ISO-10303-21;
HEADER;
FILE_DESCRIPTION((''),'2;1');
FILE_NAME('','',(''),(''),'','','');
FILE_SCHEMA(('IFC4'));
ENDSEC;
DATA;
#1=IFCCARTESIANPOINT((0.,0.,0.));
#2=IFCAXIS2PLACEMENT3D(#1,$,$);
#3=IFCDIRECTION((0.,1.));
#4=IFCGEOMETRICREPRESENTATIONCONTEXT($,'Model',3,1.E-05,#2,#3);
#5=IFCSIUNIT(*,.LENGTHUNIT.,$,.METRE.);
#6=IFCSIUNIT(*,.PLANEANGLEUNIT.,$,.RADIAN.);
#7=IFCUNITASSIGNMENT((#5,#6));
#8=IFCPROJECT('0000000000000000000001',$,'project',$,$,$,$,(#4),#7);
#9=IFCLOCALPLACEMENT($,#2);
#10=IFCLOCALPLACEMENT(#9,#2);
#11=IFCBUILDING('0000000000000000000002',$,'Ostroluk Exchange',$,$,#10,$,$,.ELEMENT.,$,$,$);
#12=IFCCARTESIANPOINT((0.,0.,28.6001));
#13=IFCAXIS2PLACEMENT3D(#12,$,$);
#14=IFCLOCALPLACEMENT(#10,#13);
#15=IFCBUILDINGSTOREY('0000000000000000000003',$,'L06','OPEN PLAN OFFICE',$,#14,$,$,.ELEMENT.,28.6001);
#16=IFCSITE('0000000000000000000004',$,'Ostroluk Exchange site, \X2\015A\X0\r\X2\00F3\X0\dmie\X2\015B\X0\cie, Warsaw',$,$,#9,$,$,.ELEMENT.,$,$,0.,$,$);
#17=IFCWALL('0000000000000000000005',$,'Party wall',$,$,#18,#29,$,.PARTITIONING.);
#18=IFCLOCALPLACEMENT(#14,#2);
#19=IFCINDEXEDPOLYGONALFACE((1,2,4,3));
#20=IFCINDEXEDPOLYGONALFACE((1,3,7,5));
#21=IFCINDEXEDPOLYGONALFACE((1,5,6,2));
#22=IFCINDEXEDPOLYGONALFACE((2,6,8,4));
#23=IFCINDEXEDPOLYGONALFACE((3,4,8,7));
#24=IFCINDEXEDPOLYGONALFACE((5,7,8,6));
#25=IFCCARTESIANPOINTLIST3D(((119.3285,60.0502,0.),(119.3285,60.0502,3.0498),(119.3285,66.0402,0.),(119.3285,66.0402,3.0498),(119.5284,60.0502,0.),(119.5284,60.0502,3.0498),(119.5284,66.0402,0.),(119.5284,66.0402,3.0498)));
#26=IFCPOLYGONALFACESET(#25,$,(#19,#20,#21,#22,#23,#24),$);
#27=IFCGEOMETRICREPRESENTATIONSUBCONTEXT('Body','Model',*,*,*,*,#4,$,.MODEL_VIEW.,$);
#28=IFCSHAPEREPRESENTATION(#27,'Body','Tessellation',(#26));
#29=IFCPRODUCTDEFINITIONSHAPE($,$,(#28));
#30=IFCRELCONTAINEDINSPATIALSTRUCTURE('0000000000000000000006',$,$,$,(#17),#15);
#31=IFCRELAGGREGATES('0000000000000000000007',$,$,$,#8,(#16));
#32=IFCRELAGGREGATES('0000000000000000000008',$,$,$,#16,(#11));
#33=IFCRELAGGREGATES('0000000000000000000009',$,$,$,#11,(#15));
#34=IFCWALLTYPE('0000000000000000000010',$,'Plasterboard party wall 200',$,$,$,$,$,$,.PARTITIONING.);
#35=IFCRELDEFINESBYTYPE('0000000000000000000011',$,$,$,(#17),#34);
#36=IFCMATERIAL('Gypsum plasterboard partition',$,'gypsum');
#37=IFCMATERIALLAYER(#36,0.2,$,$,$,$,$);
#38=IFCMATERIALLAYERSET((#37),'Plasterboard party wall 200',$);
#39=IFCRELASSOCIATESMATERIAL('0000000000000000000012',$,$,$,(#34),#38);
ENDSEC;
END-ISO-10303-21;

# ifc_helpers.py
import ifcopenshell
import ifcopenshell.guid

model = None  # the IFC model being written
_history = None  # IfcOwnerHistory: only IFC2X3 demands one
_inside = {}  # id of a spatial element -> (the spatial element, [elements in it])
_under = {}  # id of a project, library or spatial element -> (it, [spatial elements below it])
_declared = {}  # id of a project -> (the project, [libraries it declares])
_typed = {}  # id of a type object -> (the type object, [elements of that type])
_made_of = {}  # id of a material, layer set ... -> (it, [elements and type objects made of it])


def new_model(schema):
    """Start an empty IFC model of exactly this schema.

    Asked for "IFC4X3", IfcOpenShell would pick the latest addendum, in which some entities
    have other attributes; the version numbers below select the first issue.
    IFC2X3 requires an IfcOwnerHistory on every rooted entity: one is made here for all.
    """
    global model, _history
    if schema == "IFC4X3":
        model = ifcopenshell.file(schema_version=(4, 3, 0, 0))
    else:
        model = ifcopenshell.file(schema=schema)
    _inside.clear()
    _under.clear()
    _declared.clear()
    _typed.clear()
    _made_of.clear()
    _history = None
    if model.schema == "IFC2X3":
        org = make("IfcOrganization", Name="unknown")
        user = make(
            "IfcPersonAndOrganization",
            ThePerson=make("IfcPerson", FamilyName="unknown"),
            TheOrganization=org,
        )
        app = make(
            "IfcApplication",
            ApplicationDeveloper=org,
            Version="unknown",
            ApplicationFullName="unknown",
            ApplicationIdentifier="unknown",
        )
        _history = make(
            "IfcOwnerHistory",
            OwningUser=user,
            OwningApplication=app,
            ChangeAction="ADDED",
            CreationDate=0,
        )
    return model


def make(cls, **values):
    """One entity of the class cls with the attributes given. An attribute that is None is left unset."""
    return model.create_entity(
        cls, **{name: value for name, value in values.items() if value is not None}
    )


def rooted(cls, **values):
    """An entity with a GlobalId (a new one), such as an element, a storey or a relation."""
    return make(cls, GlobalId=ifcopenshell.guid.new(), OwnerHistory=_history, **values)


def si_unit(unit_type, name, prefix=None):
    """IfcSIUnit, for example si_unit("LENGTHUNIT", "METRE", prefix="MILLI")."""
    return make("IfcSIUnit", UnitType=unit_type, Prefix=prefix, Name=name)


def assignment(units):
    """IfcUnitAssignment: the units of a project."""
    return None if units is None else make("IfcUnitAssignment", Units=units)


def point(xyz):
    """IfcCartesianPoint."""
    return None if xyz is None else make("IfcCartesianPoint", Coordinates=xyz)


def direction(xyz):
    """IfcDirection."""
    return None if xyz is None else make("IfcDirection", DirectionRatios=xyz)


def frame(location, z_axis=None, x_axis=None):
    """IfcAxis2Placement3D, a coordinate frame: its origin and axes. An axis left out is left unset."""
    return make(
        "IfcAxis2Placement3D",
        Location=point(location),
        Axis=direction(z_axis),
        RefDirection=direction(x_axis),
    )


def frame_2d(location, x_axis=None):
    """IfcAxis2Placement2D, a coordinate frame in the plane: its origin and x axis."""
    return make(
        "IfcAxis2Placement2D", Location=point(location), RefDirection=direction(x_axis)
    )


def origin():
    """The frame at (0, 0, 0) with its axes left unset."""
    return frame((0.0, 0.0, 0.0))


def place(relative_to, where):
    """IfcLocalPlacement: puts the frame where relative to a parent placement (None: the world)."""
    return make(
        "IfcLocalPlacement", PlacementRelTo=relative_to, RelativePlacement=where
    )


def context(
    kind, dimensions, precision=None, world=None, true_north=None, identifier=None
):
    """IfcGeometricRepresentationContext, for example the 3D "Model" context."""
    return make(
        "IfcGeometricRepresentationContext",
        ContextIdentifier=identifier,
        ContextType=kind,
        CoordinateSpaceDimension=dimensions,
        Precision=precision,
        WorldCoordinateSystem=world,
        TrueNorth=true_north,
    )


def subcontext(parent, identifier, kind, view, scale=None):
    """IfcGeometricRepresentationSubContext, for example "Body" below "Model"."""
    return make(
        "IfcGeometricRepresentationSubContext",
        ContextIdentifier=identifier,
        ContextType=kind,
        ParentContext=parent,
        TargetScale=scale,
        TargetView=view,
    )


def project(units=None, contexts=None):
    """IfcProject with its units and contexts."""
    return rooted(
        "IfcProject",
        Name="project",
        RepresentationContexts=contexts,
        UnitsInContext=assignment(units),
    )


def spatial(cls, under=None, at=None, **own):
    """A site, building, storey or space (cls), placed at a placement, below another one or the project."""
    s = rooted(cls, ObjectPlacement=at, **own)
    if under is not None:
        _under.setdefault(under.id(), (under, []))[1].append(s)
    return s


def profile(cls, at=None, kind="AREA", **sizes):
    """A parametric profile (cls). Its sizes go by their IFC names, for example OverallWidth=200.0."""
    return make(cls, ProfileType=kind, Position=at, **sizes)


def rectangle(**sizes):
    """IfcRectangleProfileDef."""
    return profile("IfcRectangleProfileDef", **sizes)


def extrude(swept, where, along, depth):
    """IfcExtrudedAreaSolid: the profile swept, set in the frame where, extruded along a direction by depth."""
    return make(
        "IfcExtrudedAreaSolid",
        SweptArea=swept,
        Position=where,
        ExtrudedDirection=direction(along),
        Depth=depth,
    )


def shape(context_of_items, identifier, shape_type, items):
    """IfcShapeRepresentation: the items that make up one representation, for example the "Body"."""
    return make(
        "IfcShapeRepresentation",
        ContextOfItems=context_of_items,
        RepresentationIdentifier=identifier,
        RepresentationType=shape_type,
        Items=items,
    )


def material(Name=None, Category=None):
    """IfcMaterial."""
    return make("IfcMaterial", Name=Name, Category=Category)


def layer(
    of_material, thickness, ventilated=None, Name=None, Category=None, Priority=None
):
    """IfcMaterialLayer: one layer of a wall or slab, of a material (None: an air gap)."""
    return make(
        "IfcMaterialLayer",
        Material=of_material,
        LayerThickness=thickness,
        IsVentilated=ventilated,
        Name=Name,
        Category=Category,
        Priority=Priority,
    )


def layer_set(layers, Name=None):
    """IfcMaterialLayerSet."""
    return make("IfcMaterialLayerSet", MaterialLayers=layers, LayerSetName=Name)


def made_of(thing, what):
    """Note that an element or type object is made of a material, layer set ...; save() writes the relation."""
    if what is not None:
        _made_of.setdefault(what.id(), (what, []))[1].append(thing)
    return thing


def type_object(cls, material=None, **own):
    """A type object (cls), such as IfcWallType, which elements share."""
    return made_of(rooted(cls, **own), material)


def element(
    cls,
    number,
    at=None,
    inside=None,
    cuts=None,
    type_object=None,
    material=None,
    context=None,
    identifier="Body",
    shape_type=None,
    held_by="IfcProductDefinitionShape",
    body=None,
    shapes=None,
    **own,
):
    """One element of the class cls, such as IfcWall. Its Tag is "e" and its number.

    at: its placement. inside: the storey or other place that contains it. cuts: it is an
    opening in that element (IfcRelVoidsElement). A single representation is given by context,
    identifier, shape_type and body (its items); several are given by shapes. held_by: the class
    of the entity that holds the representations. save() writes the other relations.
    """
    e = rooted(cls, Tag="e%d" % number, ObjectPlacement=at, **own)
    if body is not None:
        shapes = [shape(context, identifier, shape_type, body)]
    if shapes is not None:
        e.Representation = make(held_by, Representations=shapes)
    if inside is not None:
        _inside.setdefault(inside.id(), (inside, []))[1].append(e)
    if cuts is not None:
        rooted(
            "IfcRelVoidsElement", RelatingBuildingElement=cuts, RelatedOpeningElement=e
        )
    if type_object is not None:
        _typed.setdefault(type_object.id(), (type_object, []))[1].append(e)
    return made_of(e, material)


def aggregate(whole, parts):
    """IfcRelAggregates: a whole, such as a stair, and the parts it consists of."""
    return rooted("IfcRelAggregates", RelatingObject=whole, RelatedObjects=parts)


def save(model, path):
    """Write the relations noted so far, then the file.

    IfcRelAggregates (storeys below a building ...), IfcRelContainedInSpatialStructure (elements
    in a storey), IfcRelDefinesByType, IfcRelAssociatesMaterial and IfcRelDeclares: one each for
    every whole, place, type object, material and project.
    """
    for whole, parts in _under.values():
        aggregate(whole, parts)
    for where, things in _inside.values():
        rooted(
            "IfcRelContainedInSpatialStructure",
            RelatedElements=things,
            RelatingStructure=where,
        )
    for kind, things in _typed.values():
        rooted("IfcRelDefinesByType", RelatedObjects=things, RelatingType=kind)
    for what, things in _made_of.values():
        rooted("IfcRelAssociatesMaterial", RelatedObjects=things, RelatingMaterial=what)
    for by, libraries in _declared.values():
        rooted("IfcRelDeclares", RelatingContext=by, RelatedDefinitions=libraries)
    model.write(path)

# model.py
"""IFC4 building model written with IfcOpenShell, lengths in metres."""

from ifc_helpers import new_model, si_unit, direction, frame, frame_2d, origin, place, context, subcontext, project, spatial, rectangle, extrude, material, layer, layer_set, type_object, element, save


model = new_model("IFC4")

# Units and contexts
model_context = context("Model", 3, precision=1e-05, world=origin(), true_north=direction((0.0, 1.0)))
body_context = subcontext(model_context, "Body", "Model", "MODEL_VIEW")
ifc_project = project(units=[si_unit("LENGTHUNIT", "METRE"), si_unit("PLANEANGLEUNIT", "RADIAN")], contexts=[model_context])

# Site, building, storey
site_placement = place(None, origin())
site = spatial("IfcSite", under=ifc_project, at=site_placement, Name="Ostroluk Exchange site, Śródmieście, Warsaw", CompositionType="ELEMENT", RefElevation=0.0)
building_placement = place(site_placement, origin())
building = spatial("IfcBuilding", under=site, at=building_placement, Name="Ostroluk Exchange", CompositionType="ELEMENT")
storey_placement = place(building_placement, frame((0.0, 0.0, 28.6001)))
storey = spatial("IfcBuildingStorey", under=building, at=storey_placement, Name="L06", Description="OPEN PLAN OFFICE", CompositionType="ELEMENT", Elevation=28.6001)

# Wall
ifc_material_1 = material(Name="Gypsum plasterboard partition", Category="gypsum")
ifc_layer_1 = layer(ifc_material_1, 0.2)
ifc_layer_set_1 = layer_set([ifc_layer_1], Name="Plasterboard party wall 200")
wall_type_1 = type_object("IfcWallType", Name="Plasterboard party wall 200", PredefinedType="PARTITIONING", material=ifc_layer_set_1)
wall_1_placement = place(storey_placement, frame((119.4285, 60.05, 0.0), z_axis=(0.0, 0.0, 1.0), x_axis=(0.0, 1.0, 0.0)))
element("IfcWall", 1, at=wall_1_placement, inside=storey, type_object=wall_type_1, Name="Party wall", PredefinedType="PARTITIONING", context=body_context, shape_type="SweptSolid", body=[
    extrude(rectangle(XDim=5.99, YDim=0.2, at=frame_2d((2.9951, 0.0))), origin(), (0.0, 0.0, 1.0), 3.0498),
])

save(model, "model.ifc")
